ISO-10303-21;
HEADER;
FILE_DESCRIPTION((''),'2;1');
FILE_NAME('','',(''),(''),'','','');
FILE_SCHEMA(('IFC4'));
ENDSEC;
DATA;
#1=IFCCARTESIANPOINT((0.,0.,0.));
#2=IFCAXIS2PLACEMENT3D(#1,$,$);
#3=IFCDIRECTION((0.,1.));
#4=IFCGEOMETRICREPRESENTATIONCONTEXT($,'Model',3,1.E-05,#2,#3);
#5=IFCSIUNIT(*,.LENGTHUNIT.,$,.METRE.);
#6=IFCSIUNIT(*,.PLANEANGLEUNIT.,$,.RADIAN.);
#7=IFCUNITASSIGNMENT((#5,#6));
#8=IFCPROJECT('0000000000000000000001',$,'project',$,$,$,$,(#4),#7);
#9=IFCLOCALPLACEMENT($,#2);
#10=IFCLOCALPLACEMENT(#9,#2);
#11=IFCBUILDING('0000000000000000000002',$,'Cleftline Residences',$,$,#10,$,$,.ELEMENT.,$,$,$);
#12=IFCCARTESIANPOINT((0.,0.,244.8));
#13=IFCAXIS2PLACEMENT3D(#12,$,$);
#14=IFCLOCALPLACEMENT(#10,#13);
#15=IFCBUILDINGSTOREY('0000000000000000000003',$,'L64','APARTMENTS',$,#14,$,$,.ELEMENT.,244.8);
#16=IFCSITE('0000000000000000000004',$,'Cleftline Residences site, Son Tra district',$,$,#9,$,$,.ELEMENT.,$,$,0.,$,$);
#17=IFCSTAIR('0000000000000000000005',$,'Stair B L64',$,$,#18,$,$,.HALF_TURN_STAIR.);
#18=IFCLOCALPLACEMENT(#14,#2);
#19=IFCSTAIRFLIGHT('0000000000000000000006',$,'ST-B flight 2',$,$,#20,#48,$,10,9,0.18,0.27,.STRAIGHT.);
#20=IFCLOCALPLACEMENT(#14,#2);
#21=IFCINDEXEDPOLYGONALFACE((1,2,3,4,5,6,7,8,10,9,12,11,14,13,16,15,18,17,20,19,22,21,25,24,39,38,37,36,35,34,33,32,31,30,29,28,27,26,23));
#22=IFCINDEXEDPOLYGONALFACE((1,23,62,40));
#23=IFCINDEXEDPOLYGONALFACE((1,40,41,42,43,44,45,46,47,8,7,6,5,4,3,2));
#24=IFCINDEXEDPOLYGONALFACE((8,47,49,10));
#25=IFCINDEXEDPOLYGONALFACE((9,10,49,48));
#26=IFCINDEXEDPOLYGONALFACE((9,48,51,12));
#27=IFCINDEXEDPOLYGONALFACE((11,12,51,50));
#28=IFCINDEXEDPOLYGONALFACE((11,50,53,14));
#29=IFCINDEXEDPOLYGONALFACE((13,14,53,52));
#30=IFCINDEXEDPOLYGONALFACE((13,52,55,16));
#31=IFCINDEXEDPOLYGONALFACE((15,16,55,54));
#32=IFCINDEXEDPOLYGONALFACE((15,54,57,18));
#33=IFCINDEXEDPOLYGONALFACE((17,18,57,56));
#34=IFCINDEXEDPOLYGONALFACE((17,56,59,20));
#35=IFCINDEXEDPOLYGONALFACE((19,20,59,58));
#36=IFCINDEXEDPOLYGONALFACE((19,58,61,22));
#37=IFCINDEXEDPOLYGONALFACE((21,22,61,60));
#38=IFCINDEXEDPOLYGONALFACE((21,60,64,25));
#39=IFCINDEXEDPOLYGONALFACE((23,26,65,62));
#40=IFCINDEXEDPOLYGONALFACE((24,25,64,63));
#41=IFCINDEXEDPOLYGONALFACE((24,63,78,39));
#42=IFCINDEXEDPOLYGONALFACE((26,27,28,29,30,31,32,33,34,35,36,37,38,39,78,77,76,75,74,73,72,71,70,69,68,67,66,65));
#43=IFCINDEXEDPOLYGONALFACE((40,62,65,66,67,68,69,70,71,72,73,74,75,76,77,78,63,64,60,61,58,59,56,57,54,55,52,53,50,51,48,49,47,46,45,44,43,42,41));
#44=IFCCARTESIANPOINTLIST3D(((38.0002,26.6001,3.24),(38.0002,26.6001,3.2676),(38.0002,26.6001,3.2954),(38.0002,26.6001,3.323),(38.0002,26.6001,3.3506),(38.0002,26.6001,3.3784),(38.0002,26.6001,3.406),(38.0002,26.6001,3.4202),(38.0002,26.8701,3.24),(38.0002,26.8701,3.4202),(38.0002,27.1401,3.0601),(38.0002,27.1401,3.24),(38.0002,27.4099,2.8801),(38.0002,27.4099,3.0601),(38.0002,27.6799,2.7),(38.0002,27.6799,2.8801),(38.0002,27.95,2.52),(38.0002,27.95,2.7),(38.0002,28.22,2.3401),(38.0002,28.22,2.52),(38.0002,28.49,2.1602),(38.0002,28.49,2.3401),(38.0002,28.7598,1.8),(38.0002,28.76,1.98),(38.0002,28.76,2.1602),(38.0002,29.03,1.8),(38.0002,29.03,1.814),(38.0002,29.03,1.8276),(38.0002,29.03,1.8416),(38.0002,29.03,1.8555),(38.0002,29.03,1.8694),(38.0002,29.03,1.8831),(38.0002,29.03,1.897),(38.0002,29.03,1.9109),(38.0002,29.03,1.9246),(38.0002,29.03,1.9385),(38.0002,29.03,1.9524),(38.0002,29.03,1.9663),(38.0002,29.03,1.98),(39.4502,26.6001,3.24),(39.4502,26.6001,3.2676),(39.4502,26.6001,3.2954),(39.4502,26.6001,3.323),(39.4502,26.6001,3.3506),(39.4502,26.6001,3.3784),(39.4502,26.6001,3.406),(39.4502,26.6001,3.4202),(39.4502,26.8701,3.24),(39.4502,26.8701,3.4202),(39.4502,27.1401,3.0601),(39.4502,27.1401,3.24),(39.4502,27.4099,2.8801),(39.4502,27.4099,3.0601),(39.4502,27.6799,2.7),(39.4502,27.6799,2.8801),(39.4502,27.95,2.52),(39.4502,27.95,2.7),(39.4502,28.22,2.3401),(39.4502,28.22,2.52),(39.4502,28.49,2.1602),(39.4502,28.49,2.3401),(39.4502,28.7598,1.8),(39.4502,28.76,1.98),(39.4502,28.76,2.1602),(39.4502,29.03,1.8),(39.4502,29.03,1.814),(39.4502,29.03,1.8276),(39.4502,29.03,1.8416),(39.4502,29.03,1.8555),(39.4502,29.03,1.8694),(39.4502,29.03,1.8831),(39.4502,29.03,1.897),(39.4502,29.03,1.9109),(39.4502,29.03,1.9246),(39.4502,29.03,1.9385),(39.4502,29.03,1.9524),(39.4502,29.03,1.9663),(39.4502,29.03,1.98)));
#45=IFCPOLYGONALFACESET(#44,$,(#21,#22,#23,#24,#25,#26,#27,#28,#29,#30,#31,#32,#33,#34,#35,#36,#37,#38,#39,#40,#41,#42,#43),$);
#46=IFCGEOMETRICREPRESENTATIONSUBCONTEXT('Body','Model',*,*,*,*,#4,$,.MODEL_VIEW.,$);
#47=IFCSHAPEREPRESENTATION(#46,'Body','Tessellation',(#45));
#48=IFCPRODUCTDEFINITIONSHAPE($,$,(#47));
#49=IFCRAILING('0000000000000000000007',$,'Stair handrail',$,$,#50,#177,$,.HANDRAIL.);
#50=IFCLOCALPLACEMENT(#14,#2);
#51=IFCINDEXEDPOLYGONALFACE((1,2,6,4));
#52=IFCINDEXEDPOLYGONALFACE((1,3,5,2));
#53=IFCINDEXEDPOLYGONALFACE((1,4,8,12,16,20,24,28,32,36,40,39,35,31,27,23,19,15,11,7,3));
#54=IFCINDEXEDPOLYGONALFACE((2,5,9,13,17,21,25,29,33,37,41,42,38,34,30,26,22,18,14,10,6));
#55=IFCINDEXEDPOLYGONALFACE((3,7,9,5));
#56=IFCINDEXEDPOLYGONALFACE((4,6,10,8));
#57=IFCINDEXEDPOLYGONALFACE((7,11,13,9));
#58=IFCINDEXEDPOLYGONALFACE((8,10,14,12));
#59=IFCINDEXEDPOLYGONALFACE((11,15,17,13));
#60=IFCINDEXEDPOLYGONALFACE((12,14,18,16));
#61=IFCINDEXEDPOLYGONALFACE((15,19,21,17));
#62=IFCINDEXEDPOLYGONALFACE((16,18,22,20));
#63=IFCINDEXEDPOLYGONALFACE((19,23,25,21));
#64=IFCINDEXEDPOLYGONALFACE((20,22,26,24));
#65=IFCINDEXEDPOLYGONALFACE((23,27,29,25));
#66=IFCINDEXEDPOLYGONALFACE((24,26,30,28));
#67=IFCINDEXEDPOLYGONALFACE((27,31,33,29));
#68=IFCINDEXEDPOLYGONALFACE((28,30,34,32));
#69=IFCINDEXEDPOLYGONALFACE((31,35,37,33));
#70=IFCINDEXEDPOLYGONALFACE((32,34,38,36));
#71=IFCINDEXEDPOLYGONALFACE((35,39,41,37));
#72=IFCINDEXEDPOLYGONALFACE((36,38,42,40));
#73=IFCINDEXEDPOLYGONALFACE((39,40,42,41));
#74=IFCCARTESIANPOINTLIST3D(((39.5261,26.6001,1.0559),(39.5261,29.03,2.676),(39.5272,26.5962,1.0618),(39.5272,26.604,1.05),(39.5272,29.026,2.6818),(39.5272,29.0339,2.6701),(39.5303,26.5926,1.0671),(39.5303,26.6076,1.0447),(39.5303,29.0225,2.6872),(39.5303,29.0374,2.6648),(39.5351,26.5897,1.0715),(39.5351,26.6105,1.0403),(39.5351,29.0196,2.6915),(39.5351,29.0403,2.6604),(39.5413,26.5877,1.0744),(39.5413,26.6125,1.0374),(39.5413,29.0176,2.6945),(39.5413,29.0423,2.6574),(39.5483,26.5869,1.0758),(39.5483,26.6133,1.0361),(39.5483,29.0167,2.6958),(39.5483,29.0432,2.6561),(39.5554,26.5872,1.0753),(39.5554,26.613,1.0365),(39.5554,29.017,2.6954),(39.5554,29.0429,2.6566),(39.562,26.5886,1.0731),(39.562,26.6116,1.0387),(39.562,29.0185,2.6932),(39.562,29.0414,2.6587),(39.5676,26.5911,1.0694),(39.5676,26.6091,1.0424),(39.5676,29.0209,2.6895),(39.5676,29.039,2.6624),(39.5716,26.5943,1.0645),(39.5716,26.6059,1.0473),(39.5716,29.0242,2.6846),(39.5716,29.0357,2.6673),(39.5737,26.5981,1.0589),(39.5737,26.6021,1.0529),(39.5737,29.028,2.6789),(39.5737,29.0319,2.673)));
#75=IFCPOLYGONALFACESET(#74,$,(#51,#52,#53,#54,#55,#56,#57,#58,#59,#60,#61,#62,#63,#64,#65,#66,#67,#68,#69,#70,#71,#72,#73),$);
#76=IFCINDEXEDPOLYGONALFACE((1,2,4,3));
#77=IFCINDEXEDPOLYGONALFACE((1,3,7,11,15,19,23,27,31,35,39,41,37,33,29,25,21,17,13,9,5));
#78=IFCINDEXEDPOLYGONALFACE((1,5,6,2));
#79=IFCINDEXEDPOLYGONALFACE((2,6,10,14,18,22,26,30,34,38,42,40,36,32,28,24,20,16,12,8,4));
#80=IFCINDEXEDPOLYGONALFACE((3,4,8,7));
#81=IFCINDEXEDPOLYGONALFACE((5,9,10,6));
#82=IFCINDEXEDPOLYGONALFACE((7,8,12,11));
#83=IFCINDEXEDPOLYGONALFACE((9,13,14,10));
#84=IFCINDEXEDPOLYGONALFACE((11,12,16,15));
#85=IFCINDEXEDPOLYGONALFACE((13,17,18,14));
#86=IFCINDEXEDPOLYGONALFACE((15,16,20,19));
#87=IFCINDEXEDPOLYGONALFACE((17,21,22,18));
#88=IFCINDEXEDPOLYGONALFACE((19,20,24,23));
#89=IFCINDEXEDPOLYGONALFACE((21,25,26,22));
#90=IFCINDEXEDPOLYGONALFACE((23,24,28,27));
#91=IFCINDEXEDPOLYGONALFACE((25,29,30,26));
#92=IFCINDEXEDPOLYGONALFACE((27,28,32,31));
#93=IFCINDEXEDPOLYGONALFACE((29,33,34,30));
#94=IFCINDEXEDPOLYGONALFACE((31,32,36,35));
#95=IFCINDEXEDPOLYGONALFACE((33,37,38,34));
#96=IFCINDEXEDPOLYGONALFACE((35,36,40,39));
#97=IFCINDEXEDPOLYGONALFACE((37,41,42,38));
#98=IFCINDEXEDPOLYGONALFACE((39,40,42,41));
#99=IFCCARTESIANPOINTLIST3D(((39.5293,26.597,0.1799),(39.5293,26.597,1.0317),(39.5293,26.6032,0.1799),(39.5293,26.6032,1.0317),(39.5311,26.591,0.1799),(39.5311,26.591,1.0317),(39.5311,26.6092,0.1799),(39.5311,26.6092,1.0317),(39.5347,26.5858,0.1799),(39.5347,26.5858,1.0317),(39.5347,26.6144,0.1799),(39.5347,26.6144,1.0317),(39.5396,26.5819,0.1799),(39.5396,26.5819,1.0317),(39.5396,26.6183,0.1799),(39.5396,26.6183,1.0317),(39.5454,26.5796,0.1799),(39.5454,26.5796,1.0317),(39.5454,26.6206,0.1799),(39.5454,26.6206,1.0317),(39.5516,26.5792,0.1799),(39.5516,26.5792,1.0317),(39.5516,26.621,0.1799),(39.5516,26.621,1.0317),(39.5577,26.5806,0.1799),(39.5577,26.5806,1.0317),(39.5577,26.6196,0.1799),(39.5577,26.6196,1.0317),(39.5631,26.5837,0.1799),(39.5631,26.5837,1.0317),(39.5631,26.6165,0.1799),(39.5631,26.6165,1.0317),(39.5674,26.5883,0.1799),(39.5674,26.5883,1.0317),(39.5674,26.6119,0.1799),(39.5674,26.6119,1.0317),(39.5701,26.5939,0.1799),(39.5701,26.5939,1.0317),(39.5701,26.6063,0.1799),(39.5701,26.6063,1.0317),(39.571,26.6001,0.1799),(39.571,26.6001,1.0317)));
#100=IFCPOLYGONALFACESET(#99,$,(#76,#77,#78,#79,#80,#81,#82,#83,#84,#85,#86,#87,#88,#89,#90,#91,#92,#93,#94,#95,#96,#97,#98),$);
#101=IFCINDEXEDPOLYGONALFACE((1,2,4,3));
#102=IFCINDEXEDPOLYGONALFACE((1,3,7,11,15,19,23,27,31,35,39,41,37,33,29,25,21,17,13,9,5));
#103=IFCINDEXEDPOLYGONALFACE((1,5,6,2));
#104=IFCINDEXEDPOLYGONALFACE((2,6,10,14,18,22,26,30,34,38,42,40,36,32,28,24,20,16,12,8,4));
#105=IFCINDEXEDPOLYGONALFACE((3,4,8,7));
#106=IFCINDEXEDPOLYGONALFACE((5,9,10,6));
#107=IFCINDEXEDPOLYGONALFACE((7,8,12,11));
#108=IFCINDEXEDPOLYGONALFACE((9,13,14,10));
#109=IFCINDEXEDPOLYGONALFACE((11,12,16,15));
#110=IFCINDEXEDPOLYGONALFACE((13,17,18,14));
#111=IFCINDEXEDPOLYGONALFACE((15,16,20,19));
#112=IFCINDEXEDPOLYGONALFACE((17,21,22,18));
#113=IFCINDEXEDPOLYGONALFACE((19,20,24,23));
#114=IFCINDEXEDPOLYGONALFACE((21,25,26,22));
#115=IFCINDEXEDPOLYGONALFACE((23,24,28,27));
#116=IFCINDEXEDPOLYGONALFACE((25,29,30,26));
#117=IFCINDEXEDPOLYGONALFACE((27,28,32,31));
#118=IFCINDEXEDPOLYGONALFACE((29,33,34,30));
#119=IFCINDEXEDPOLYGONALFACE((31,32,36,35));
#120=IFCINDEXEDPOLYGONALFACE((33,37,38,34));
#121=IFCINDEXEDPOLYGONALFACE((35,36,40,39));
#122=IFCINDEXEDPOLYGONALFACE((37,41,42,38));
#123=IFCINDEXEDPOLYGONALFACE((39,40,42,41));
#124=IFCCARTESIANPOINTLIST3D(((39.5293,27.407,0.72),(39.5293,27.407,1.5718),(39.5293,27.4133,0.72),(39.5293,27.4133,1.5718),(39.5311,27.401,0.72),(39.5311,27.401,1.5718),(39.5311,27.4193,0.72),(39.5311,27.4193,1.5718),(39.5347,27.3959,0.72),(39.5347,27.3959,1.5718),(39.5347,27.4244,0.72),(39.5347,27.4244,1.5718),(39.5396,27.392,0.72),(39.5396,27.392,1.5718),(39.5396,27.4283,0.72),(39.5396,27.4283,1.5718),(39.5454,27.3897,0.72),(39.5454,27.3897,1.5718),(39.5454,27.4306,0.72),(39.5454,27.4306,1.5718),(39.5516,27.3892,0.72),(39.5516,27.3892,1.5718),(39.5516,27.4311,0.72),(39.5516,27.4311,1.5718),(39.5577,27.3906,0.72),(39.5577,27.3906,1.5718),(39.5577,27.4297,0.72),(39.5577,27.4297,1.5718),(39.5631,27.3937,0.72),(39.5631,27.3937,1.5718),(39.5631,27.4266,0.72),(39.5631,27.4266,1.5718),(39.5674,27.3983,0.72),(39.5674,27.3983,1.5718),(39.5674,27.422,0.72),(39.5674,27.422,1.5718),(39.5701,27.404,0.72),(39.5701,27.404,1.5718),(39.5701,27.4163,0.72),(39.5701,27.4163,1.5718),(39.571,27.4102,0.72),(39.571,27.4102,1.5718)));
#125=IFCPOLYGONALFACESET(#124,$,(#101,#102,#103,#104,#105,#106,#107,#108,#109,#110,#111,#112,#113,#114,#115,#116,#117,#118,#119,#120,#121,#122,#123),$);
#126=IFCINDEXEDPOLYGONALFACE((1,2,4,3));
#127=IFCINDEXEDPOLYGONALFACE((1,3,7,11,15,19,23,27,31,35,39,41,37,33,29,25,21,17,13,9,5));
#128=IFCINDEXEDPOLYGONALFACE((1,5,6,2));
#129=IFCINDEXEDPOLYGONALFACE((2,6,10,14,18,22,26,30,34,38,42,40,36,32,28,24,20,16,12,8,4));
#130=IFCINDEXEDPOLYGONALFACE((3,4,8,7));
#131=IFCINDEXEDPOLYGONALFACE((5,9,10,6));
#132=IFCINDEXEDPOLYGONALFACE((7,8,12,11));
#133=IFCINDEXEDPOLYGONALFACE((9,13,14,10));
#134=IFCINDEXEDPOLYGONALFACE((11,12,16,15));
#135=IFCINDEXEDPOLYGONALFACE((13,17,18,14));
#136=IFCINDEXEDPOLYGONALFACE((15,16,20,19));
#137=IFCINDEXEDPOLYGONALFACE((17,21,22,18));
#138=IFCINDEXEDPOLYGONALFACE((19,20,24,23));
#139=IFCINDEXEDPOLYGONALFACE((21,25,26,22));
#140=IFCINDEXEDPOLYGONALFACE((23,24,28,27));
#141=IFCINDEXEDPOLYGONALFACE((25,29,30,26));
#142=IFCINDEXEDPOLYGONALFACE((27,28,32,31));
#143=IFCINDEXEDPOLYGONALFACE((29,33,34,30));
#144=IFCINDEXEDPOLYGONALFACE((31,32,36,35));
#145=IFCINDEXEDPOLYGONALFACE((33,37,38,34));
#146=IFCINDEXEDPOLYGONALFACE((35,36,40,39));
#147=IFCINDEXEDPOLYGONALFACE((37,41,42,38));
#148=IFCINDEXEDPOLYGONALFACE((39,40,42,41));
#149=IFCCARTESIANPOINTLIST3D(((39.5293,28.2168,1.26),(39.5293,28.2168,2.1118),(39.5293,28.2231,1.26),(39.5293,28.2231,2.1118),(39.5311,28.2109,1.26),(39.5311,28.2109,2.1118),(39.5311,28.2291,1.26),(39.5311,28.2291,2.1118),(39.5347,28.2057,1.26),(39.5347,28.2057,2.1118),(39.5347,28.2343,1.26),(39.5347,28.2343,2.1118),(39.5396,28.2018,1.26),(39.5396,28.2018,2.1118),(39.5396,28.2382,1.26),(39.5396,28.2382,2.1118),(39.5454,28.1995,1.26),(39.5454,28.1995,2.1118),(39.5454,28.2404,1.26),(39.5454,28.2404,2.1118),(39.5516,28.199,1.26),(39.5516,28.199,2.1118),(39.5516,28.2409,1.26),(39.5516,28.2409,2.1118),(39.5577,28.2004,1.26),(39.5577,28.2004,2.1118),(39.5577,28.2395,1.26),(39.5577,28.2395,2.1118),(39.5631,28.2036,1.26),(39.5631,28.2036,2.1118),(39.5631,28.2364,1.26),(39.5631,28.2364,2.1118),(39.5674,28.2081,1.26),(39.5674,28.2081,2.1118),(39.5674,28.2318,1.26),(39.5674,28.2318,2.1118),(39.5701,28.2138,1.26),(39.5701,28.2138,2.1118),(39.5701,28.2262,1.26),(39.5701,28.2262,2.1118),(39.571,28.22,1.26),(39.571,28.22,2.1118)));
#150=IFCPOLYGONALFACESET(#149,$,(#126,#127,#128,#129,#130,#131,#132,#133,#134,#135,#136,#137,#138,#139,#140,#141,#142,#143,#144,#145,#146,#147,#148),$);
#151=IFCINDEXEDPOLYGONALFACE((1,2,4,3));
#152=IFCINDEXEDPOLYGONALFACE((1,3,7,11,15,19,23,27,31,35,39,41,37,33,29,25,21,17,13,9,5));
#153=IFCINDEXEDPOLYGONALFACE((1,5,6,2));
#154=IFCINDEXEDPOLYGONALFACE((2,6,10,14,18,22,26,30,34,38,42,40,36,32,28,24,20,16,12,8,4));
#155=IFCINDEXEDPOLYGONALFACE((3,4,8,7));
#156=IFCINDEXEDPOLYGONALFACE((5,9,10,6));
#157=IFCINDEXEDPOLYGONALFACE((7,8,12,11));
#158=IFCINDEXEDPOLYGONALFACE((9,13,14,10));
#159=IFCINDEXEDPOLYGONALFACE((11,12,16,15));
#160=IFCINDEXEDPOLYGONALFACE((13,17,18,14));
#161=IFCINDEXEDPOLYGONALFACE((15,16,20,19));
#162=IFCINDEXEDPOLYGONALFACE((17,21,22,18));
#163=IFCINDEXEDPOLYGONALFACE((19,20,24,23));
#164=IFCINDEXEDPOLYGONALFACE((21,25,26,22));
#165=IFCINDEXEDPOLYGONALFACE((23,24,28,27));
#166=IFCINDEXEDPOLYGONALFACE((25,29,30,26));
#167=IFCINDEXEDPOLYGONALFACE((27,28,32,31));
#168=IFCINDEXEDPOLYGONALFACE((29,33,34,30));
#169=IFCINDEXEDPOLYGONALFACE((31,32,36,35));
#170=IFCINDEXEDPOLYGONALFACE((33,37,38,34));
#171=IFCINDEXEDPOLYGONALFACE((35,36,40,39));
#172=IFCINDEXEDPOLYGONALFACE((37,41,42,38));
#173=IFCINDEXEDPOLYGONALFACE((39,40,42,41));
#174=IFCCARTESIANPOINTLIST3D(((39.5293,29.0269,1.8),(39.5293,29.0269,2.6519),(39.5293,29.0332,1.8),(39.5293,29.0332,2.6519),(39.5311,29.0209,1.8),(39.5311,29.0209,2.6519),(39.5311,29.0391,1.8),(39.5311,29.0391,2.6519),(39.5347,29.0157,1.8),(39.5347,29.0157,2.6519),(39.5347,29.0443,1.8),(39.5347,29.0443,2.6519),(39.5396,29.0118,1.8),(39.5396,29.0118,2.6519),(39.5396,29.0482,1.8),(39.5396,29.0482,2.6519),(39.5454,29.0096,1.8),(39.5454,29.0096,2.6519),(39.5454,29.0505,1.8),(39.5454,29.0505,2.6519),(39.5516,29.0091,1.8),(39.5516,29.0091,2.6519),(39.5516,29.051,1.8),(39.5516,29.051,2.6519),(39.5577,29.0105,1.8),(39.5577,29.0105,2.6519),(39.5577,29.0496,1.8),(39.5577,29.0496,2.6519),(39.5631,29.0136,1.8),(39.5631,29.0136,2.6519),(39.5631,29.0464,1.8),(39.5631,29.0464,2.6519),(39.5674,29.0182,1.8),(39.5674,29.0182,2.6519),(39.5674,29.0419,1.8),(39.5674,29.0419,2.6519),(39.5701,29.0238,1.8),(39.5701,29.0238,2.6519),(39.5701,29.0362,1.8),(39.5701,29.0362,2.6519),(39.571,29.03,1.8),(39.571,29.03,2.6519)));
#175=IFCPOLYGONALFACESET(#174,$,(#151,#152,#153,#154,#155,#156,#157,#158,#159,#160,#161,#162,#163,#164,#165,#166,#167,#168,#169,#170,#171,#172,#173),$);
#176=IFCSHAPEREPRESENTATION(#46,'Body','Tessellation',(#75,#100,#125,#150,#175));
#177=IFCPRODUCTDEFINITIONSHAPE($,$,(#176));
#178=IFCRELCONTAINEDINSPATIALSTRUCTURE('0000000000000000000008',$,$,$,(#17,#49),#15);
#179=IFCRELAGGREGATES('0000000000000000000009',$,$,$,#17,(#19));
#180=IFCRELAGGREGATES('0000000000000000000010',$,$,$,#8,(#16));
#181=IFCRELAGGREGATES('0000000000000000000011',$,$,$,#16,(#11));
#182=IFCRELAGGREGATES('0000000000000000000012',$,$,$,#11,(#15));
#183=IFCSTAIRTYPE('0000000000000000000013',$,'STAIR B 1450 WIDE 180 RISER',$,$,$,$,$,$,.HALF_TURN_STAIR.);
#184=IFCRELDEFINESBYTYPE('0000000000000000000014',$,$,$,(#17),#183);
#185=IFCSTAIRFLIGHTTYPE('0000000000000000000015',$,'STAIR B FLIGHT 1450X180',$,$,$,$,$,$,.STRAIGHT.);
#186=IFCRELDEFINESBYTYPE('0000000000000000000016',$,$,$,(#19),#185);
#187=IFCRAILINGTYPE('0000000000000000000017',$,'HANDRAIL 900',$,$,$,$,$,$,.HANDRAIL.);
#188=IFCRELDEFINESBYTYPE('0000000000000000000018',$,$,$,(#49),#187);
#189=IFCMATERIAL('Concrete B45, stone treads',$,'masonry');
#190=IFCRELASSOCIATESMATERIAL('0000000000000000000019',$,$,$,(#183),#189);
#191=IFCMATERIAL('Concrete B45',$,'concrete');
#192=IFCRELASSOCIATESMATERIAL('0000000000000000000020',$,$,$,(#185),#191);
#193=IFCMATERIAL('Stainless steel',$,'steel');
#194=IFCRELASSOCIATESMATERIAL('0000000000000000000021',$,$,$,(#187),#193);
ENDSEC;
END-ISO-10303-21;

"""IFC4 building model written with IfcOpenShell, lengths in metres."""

from ifc_helpers import new_model, si_unit, direction, frame, origin, origin_2d, place, context, subcontext, project, spatial, polyline, circle, outline, extrude, material, type_object, element, aggregate, save


model = new_model("IFC4")

# Units and contexts
model_context = context("Model", 3, precision=1e-05, world=origin(), true_north=direction((0.0, 1.0)))
body_context = subcontext(model_context, "Body", "Model", "MODEL_VIEW")
ifc_project = project(units=[si_unit("LENGTHUNIT", "METRE"), si_unit("PLANEANGLEUNIT", "RADIAN")], contexts=[model_context])

# Site, building, storey
site_placement = place(None, origin())
site = spatial("IfcSite", under=ifc_project, at=site_placement, Name="Cleftline Residences site, Son Tra district", CompositionType="ELEMENT", RefElevation=0.0)
building_placement = place(site_placement, origin())
building = spatial("IfcBuilding", under=site, at=building_placement, Name="Cleftline Residences", CompositionType="ELEMENT")
storey_placement = place(building_placement, frame((0.0, 0.0, 244.8)))
storey = spatial("IfcBuildingStorey", under=building, at=storey_placement, Name="L64", Description="APARTMENTS", CompositionType="ELEMENT", Elevation=244.8)

# Stair, stair flight
ifc_material_1 = material(Name="Concrete B45, stone treads", Category="masonry")
stair_type = type_object("IfcStairType", Name="STAIR B 1450 WIDE 180 RISER", PredefinedType="HALF_TURN_STAIR", material=ifc_material_1)
stair_placement = place(storey_placement, origin())
stair = element("IfcStair", 1, at=stair_placement, inside=storey, type_object=stair_type, Name="Stair B L64", PredefinedType="HALF_TURN_STAIR")
ifc_material_2 = material(Name="Concrete B45", Category="concrete")
stair_flight_type = type_object("IfcStairFlightType", Name="STAIR B FLIGHT 1450X180", PredefinedType="STRAIGHT", material=ifc_material_2)
stair_flight_1_placement = place(storey_placement, frame((38.7251, 29.03, 1.8), z_axis=(0.0, 0.0, 1.0), x_axis=(0.0, -1.0, 0.0)))
stair_flight_1 = element("IfcStairFlight", 2, at=stair_flight_1_placement, type_object=stair_flight_type, Name="ST-B flight 2", NumberOfRisers=10, NumberOfTreads=9, PredefinedType="STRAIGHT", RiserHeight=0.18, TreadLength=0.27, context=body_context, shape_type="SweptSolid", body=[
    extrude(outline(polyline([(0.0, 0.0), (0.0, 0.0139), (0.0, 0.0276), (0.0, 0.0415), (0.0, 0.0554), (0.0, 0.0693), (0.0, 0.083), (0.0, 0.0969), (0.0, 0.1108), (0.0, 0.1245), (0.0, 0.1384), (0.0, 0.1523), (0.0, 0.1663), (0.0, 0.1799), (0.27, 0.1799), (0.27, 0.3601), (0.54, 0.3601), (0.54, 0.54), (0.8101, 0.54), (0.8101, 0.72), (1.0801, 0.72), (1.0801, 0.8999), (1.3501, 0.8999), (1.3501, 1.0801), (1.6201, 1.0801), (1.6201, 1.26), (1.8899, 1.26), (1.8899, 1.4399), (2.1599, 1.4399), (2.1599, 1.6201), (2.4299, 1.6201), (2.4299, 1.8), (2.4299, 1.7722), (2.4299, 1.7446), (2.4299, 1.7168), (2.4299, 1.6892), (2.4299, 1.6614), (2.4299, 1.6338), (2.4299, 1.606), (2.4299, 1.5784), (2.4299, 1.5505), (2.4299, 1.5229), (2.4299, 1.4954), (2.4299, 1.4675), (2.4299, 1.4399), (0.2703, 0.0), (0.0, 0.0)])), frame((0.0, 0.7251, 0.0), z_axis=(0.0, -1.0, 0.0), x_axis=(1.0, 0.0, 0.0)), (0.0, 0.0, 1.0), 1.45),
])
aggregate(stair, [stair_flight_1])

# Railing
ifc_material_3 = material(Name="Stainless steel", Category="steel")
railing_type = type_object("IfcRailingType", Name="HANDRAIL 900", PredefinedType="HANDRAIL", material=ifc_material_3)
railing_1_placement = place(storey_placement, frame((39.55, 26.6001, 0.1799)))
element("IfcRailing", 3, at=railing_1_placement, inside=storey, type_object=railing_type, Name="Stair handrail", PredefinedType="HANDRAIL", context=body_context, shape_type="SweptSolid", body=[
    extrude(circle(Radius=0.0239, at=origin_2d()), frame((0.0, 0.0, 0.876), z_axis=(0.0, 0.832025, 0.554739), x_axis=(-1.0, 0.0, 0.0)), (0.0, 0.0, 1.0), 2.9204),
    extrude(circle(Radius=0.021, at=origin_2d()), origin(), (0.0, 0.0, 1.0), 0.8518),
    extrude(circle(Radius=0.021, at=origin_2d()), frame((0.0, 0.8101, 0.54)), (0.0, 0.0, 1.0), 0.8518),
    extrude(circle(Radius=0.021, at=origin_2d()), frame((0.0, 1.6199, 1.0801)), (0.0, 0.0, 1.0), 0.8518),
    extrude(circle(Radius=0.021, at=origin_2d()), frame((0.0, 2.4299, 1.6201)), (0.0, 0.0, 1.0), 0.8518),
])

save(model, "model.ifc")
